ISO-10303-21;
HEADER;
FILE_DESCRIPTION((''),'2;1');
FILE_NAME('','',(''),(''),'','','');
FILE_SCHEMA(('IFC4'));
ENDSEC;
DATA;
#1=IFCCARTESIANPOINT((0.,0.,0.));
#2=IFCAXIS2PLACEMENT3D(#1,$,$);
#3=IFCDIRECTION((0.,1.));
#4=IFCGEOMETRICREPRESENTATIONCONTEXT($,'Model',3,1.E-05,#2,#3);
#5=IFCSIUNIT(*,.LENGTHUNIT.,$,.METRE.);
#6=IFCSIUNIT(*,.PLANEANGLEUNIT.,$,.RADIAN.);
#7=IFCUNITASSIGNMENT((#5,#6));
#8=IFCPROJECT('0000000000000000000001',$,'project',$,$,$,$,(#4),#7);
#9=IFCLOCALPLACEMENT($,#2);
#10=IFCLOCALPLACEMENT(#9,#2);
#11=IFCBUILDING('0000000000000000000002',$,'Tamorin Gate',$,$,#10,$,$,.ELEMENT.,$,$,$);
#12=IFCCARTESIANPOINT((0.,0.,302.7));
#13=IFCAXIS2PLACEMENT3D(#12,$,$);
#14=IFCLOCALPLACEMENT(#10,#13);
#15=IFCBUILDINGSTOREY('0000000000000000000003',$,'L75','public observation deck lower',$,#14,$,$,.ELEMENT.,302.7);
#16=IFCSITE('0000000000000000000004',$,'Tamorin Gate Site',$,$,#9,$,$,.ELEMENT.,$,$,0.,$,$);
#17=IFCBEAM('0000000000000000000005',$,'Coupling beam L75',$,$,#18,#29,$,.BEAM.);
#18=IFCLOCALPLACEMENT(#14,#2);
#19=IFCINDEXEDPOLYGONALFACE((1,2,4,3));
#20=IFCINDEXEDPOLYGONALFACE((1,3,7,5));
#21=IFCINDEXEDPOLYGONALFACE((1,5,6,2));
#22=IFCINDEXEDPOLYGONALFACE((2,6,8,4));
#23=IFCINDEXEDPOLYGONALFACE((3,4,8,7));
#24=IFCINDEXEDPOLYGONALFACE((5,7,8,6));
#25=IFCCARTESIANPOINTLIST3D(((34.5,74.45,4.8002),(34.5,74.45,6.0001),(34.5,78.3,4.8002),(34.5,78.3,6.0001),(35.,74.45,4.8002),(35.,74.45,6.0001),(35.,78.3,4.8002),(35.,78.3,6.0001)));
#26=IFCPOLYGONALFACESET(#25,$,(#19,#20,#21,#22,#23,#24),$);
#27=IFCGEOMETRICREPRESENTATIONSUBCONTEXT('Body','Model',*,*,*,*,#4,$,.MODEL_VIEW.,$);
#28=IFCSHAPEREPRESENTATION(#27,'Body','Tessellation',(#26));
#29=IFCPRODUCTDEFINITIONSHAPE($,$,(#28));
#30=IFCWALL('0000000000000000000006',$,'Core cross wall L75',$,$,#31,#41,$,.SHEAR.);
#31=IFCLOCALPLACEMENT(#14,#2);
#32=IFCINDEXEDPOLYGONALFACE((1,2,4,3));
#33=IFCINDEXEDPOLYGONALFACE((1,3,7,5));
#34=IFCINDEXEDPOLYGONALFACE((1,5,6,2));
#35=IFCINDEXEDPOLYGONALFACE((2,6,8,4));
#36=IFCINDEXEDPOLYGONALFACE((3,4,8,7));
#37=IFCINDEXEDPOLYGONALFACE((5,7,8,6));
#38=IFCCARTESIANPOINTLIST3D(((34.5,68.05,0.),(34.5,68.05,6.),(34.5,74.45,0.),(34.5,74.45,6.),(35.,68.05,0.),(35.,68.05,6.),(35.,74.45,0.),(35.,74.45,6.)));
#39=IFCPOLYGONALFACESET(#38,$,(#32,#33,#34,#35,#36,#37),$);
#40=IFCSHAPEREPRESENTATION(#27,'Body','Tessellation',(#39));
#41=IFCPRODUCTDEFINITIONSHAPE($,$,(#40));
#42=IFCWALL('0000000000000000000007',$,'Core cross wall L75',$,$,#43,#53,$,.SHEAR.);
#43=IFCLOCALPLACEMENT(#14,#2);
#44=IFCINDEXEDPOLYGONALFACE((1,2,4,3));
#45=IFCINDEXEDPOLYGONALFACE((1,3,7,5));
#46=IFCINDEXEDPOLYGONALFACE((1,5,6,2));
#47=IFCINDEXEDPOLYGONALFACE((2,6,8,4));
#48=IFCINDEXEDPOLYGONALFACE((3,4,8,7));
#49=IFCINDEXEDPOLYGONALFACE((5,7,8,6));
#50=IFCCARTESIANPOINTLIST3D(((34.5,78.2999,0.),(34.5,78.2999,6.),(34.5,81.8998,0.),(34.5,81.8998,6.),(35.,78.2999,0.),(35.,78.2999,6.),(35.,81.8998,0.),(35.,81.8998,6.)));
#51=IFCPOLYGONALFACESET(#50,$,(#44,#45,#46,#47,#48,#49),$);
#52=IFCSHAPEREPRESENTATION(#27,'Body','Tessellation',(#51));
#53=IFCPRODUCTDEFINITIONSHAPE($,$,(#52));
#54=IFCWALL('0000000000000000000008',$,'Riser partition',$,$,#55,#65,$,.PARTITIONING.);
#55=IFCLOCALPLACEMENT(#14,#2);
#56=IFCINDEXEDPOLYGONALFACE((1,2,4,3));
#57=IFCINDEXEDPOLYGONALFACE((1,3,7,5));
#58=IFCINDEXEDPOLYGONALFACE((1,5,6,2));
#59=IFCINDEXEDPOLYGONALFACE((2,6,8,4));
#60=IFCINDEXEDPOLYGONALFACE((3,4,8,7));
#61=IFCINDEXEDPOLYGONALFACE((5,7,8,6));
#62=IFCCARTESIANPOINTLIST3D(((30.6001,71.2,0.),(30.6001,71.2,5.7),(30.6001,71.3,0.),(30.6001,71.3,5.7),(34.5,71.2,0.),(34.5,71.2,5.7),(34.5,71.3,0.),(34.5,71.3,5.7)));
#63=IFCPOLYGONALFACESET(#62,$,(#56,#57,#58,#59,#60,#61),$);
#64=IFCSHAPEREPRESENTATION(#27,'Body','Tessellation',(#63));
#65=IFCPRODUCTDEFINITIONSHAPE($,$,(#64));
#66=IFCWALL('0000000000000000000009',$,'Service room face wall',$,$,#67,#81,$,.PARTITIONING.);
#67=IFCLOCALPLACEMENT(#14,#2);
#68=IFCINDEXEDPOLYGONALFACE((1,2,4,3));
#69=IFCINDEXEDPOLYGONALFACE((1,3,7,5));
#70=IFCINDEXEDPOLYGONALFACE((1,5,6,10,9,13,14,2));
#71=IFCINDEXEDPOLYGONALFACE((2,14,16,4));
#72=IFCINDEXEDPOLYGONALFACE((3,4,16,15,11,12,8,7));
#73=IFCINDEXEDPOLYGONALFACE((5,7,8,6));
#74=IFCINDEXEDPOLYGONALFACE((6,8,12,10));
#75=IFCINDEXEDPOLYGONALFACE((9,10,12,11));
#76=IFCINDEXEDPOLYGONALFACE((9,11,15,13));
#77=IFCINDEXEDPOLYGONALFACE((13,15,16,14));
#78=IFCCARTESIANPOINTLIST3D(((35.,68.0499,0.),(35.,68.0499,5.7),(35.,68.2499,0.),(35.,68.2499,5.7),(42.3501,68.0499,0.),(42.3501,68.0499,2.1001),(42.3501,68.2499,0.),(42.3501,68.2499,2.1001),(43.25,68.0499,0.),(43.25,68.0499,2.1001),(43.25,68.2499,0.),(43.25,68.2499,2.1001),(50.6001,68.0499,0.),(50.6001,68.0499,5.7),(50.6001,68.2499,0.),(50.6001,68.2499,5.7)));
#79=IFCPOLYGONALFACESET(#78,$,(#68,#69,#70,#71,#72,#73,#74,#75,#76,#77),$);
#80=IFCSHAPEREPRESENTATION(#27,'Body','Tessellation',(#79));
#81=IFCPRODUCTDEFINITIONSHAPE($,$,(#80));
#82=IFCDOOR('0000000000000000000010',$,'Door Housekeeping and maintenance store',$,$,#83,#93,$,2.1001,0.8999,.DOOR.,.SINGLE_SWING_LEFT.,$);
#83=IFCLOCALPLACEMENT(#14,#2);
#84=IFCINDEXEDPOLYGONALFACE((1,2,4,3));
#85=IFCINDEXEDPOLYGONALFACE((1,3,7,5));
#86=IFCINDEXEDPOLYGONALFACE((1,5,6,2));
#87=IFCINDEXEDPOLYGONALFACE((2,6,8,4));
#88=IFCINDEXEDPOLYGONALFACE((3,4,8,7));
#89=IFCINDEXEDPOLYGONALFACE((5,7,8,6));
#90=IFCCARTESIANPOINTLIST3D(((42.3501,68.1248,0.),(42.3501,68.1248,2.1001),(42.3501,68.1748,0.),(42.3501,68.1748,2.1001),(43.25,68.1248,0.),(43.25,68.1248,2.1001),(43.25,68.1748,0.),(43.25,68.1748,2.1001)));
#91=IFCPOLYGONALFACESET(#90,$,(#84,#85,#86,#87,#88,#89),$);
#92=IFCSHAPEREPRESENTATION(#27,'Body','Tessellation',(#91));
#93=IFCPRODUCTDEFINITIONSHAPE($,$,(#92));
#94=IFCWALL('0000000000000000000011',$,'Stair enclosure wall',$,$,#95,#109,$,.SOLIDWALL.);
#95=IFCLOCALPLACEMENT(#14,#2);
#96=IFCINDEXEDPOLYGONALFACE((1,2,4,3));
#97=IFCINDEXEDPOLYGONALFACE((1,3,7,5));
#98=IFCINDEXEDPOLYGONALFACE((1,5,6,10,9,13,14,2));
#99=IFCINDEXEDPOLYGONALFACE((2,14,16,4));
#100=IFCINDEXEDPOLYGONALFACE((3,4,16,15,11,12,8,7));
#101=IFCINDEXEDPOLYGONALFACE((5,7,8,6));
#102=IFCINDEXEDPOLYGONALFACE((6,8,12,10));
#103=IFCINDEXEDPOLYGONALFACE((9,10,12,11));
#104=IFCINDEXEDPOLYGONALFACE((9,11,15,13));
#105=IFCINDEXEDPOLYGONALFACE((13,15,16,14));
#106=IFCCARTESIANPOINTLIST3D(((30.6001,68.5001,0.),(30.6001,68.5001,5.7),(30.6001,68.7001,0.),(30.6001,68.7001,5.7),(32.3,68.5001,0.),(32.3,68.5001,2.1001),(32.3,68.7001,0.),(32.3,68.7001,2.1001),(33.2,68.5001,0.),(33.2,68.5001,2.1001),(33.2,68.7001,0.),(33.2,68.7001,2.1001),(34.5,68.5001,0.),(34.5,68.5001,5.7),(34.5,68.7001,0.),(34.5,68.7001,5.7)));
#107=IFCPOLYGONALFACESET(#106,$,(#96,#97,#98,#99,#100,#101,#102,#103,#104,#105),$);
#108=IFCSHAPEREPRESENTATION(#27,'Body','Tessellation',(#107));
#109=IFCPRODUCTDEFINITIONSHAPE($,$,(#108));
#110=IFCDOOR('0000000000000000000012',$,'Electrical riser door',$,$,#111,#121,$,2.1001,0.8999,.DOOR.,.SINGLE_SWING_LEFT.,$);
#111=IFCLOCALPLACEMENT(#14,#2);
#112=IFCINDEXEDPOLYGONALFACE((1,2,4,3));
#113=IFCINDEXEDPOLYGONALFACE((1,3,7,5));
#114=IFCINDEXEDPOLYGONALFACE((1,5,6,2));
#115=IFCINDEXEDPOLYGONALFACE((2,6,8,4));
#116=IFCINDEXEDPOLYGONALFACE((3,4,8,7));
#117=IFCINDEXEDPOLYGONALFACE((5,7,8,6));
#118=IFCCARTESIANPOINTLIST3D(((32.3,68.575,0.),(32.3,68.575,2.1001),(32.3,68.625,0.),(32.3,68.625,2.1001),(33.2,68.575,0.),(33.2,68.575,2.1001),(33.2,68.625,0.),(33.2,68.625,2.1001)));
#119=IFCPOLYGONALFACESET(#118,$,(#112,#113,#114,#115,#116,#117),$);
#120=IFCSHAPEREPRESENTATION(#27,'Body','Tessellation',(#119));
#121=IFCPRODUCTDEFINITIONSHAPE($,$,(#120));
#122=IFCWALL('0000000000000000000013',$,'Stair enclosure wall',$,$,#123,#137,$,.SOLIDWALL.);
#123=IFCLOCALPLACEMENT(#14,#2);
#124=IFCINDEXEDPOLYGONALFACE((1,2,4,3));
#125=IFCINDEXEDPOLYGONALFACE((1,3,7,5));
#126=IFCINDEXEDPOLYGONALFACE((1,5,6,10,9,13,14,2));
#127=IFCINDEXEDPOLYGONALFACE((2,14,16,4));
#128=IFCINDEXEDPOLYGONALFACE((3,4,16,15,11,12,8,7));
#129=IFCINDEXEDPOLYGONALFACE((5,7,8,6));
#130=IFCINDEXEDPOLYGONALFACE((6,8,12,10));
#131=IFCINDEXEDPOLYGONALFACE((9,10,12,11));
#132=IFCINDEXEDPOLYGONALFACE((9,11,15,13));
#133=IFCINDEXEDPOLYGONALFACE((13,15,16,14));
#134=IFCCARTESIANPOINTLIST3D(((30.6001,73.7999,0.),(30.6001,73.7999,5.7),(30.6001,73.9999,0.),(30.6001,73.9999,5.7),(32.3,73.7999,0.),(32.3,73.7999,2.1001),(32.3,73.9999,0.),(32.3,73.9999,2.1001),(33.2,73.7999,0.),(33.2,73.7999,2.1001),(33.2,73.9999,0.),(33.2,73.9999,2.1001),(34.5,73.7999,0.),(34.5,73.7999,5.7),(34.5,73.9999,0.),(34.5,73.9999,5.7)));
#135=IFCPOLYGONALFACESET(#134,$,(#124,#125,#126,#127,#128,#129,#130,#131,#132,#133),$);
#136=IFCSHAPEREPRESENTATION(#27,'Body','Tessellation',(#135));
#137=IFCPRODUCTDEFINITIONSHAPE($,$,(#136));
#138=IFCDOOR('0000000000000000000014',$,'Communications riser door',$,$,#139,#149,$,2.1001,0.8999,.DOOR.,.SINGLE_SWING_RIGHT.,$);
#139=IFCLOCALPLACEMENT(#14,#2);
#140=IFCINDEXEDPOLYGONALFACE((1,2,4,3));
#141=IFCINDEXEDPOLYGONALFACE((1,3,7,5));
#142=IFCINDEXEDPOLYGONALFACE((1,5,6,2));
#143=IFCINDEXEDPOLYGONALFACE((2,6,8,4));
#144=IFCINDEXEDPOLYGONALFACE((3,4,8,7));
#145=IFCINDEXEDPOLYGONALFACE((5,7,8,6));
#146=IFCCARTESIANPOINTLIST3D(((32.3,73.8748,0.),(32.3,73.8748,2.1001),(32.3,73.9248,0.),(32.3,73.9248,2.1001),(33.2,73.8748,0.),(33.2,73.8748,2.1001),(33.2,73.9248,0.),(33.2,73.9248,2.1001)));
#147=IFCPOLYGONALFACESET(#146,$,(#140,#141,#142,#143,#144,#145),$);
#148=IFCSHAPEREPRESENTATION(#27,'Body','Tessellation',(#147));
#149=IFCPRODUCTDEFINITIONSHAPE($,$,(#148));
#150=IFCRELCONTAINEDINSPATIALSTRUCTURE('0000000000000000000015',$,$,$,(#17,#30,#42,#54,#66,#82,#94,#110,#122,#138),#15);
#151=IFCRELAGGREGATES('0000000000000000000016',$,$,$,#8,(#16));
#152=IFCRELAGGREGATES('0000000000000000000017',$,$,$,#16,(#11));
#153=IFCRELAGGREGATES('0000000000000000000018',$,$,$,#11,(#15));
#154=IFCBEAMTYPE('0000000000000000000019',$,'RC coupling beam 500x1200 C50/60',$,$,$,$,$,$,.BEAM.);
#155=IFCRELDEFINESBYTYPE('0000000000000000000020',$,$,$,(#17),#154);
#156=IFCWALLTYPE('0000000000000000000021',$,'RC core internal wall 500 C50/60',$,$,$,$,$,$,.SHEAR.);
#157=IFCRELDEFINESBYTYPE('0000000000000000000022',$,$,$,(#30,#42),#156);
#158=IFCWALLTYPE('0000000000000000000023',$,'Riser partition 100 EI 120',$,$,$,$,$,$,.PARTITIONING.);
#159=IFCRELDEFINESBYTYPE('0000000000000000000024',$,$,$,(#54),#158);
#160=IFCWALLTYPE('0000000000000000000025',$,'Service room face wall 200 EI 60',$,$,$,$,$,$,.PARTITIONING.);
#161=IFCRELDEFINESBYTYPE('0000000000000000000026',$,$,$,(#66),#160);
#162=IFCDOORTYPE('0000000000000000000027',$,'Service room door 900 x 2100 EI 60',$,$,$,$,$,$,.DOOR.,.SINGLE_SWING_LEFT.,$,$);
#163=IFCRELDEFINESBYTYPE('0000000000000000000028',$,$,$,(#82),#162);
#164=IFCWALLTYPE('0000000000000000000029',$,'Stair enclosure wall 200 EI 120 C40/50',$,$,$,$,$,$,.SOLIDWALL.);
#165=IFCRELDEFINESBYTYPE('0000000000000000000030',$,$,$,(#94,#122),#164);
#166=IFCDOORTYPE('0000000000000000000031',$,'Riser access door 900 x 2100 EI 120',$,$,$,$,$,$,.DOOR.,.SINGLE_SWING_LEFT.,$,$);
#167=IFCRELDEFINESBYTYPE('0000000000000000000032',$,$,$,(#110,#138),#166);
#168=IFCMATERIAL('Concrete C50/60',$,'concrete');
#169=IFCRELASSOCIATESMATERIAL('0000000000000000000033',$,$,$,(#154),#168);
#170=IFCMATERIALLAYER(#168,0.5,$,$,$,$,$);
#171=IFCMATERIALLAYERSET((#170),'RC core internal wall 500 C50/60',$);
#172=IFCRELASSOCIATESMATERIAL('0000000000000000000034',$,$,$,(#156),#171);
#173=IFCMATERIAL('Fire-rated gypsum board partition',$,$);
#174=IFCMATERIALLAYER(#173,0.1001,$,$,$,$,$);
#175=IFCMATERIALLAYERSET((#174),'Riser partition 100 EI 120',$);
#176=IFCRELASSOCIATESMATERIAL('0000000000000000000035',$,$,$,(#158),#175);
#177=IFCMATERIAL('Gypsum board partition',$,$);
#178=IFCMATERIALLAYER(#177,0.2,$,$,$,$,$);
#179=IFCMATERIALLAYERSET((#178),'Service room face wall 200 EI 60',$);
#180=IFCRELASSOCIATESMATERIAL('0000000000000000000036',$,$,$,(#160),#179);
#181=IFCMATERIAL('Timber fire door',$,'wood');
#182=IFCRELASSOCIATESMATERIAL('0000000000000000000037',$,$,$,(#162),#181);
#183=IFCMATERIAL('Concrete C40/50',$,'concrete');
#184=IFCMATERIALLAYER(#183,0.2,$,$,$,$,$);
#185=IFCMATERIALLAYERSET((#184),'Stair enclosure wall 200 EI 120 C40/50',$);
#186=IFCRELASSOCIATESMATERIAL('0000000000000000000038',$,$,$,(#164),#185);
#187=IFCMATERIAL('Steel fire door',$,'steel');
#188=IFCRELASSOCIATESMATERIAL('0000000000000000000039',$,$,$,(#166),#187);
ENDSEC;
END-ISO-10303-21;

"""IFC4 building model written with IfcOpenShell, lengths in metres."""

from ifc_helpers import new_model, si_unit, direction, frame, frame_2d, origin, origin_2d, place, context, subcontext, project, spatial, rectangle, extrude, material, layer, layer_set, material_profile, profile_set, type_object, element, fill, save


model = new_model("IFC4")

# Units and contexts
model_context = context("Model", 3, precision=1e-05, world=origin(), true_north=direction((0.0, 1.0)))
body_context = subcontext(model_context, "Body", "Model", "MODEL_VIEW")
ifc_project = project(units=[si_unit("LENGTHUNIT", "METRE"), si_unit("PLANEANGLEUNIT", "RADIAN")], contexts=[model_context])

# Site, building, storey
site_placement = place(None, origin())
site = spatial("IfcSite", under=ifc_project, at=site_placement, Name="Tamorin Gate Site", CompositionType="ELEMENT", RefElevation=0.0)
building_placement = place(site_placement, origin())
building = spatial("IfcBuilding", under=site, at=building_placement, Name="Tamorin Gate", CompositionType="ELEMENT")
storey_placement = place(building_placement, frame((0.0, 0.0, 302.7)))
storey = spatial("IfcBuildingStorey", under=building, at=storey_placement, Name="L75", Description="public observation deck lower", CompositionType="ELEMENT", Elevation=302.7)

# Beam
ifc_material_1 = material(Name="Concrete C50/60", Category="concrete")
ifc_material_profile = material_profile(ifc_material_1, rectangle(XDim=0.5, YDim=1.2, at=origin_2d()), Name="RC 500x1200")
ifc_profile_set = profile_set([ifc_material_profile], Name="Concrete C50/60")
beam_type = type_object("IfcBeamType", Name="RC coupling beam 500x1200 C50/60", PredefinedType="BEAM", material=ifc_profile_set)
beam_placement = place(storey_placement, frame((34.75, 74.45, 5.4001), z_axis=(0.0, 1.0, 0.0), x_axis=(-1.0, 0.0, 0.0)))
element("IfcBeam", 1, at=beam_placement, inside=storey, type_object=beam_type, Name="Coupling beam L75", PredefinedType="BEAM", context=body_context, shape_type="SweptSolid", body=[
    extrude(rectangle(XDim=0.5, YDim=1.2, at=origin_2d()), origin(), (0.0, 0.0, 1.0), 3.8501),
])

# Walls
ifc_layer_1 = layer(ifc_material_1, 0.5)
ifc_layer_set_1 = layer_set([ifc_layer_1], Name="RC core internal wall 500 C50/60")
wall_type_1 = type_object("IfcWallType", Name="RC core internal wall 500 C50/60", PredefinedType="SHEAR", material=ifc_layer_set_1)
wall_1_placement = place(storey_placement, frame((34.75, 68.05, 0.0), z_axis=(0.0, 0.0, 1.0), x_axis=(0.0, 1.0, 0.0)))
element("IfcWall", 2, at=wall_1_placement, inside=storey, type_object=wall_type_1, Name="Core cross wall L75", PredefinedType="SHEAR", context=body_context, shape_type="SweptSolid", body=[
    extrude(rectangle(XDim=6.3999, YDim=0.5, at=frame_2d((3.2, 0.0))), origin(), (0.0, 0.0, 1.0), 6.0),
])
wall_2_placement = place(storey_placement, frame((34.75, 78.3, 0.0), z_axis=(0.0, 0.0, 1.0), x_axis=(0.0, 1.0, 0.0)))
element("IfcWall", 3, at=wall_2_placement, inside=storey, type_object=wall_type_1, Name="Core cross wall L75", PredefinedType="SHEAR", context=body_context, shape_type="SweptSolid", body=[
    extrude(rectangle(XDim=3.5999, YDim=0.5, at=frame_2d((1.7998, 0.0))), origin(), (0.0, 0.0, 1.0), 6.0),
])
ifc_material_2 = material(Name="Fire-rated gypsum board partition")
ifc_layer_2 = layer(ifc_material_2, 0.1001)
ifc_layer_set_2 = layer_set([ifc_layer_2], Name="Riser partition 100 EI 120")
wall_type_2 = type_object("IfcWallType", Name="Riser partition 100 EI 120", PredefinedType="PARTITIONING", material=ifc_layer_set_2)
wall_3_placement = place(storey_placement, frame((30.6001, 71.25, 0.0), z_axis=(0.0, 0.0, 1.0), x_axis=(1.0, 0.0, 0.0)))
element("IfcWall", 4, at=wall_3_placement, inside=storey, type_object=wall_type_2, Name="Riser partition", PredefinedType="PARTITIONING", context=body_context, shape_type="SweptSolid", body=[
    extrude(rectangle(XDim=3.8999, YDim=0.1001, at=frame_2d((1.95, 0.0))), origin(), (0.0, 0.0, 1.0), 5.7),
])

# Walls, openings, doors
ifc_material_3 = material(Name="Gypsum board partition")
ifc_layer_3 = layer(ifc_material_3, 0.2)
ifc_layer_set_3 = layer_set([ifc_layer_3], Name="Service room face wall 200 EI 60")
wall_type_3 = type_object("IfcWallType", Name="Service room face wall 200 EI 60", PredefinedType="PARTITIONING", material=ifc_layer_set_3)
wall_4_placement = place(storey_placement, frame((35.0, 68.1499, 0.0), z_axis=(0.0, 0.0, 1.0), x_axis=(1.0, 0.0, 0.0)))
wall_4 = element("IfcWall", 5, at=wall_4_placement, inside=storey, type_object=wall_type_3, Name="Service room face wall", PredefinedType="PARTITIONING", context=body_context, shape_type="SweptSolid", body=[
    extrude(rectangle(XDim=15.6001, YDim=0.2, at=frame_2d((7.8, 0.0))), origin(), (0.0, 0.0, 1.0), 5.7),
])
opening_1_placement = place(wall_4_placement, frame((7.3501, 0.0, 0.0)))
opening_1 = element("IfcOpeningElement", 6, at=opening_1_placement, cuts=wall_4, PredefinedType="OPENING", context=body_context, shape_type="SweptSolid", body=[
    extrude(rectangle(XDim=0.8999, YDim=2.1001, at=frame_2d((0.45, 1.05))), frame((0.0, 0.1099, 0.0), z_axis=(0.0, -1.0, 0.0), x_axis=(1.0, 0.0, 0.0)), (0.0, 0.0, 1.0), 0.22),
])
ifc_material_4 = material(Name="Timber fire door", Category="wood")
door_type_1 = type_object("IfcDoorType", Name="Service room door 900 x 2100 EI 60", OperationType="SINGLE_SWING_LEFT", PredefinedType="DOOR", material=ifc_material_4)
door_1_placement = place(opening_1_placement, origin())
door_1 = element("IfcDoor", 7, at=door_1_placement, inside=storey, type_object=door_type_1, Name="Door Housekeeping and maintenance store", OperationType="SINGLE_SWING_LEFT", OverallHeight=2.1001, OverallWidth=0.8999, PredefinedType="DOOR", context=body_context, shape_type="SweptSolid", body=[
    extrude(rectangle(XDim=0.8999, YDim=2.1001, at=frame_2d((0.45, 1.05))), frame((0.0, 0.0249, 0.0), z_axis=(0.0, -1.0, 0.0), x_axis=(1.0, 0.0, 0.0)), (0.0, 0.0, 1.0), 0.05),
])
fill(opening_1, door_1)
ifc_material_5 = material(Name="Concrete C40/50", Category="concrete")
ifc_layer_4 = layer(ifc_material_5, 0.2)
ifc_layer_set_4 = layer_set([ifc_layer_4], Name="Stair enclosure wall 200 EI 120 C40/50")
wall_type_4 = type_object("IfcWallType", Name="Stair enclosure wall 200 EI 120 C40/50", PredefinedType="SOLIDWALL", material=ifc_layer_set_4)
wall_5_placement = place(storey_placement, frame((30.6001, 68.6001, 0.0), z_axis=(0.0, 0.0, 1.0), x_axis=(1.0, 0.0, 0.0)))
wall_5 = element("IfcWall", 8, at=wall_5_placement, inside=storey, type_object=wall_type_4, Name="Stair enclosure wall", PredefinedType="SOLIDWALL", context=body_context, shape_type="SweptSolid", body=[
    extrude(rectangle(XDim=3.8999, YDim=0.2, at=frame_2d((1.95, 0.0))), origin(), (0.0, 0.0, 1.0), 5.7),
])
opening_2_placement = place(wall_5_placement, frame((1.7, 0.0, 0.0)))
opening_2 = element("IfcOpeningElement", 9, at=opening_2_placement, cuts=wall_5, PredefinedType="OPENING", context=body_context, shape_type="SweptSolid", body=[
    extrude(rectangle(XDim=0.8999, YDim=2.1001, at=frame_2d((0.45, 1.05))), frame((0.0, 0.1099, 0.0), z_axis=(0.0, -1.0, 0.0), x_axis=(1.0, 0.0, 0.0)), (0.0, 0.0, 1.0), 0.22),
])
ifc_material_6 = material(Name="Steel fire door", Category="steel")
door_type_2 = type_object("IfcDoorType", Name="Riser access door 900 x 2100 EI 120", OperationType="SINGLE_SWING_LEFT", PredefinedType="DOOR", material=ifc_material_6)
door_2_placement = place(opening_2_placement, origin())
door_2 = element("IfcDoor", 10, at=door_2_placement, inside=storey, type_object=door_type_2, Name="Electrical riser door", OperationType="SINGLE_SWING_LEFT", OverallHeight=2.1001, OverallWidth=0.8999, PredefinedType="DOOR", context=body_context, shape_type="SweptSolid", body=[
    extrude(rectangle(XDim=0.8999, YDim=2.1001, at=frame_2d((0.45, 1.05))), frame((0.0, 0.0249, 0.0), z_axis=(0.0, -1.0, 0.0), x_axis=(1.0, 0.0, 0.0)), (0.0, 0.0, 1.0), 0.05),
])
fill(opening_2, door_2)
wall_6_placement = place(storey_placement, frame((30.6001, 73.8999, 0.0), z_axis=(0.0, 0.0, 1.0), x_axis=(1.0, 0.0, 0.0)))
wall_6 = element("IfcWall", 11, at=wall_6_placement, inside=storey, type_object=wall_type_4, Name="Stair enclosure wall", PredefinedType="SOLIDWALL", context=body_context, shape_type="SweptSolid", body=[
    extrude(rectangle(XDim=3.8999, YDim=0.2, at=frame_2d((1.95, 0.0))), origin(), (0.0, 0.0, 1.0), 5.7),
])
opening_3_placement = place(wall_6_placement, frame((1.7, 0.0, 0.0)))
opening_3 = element("IfcOpeningElement", 12, at=opening_3_placement, cuts=wall_6, PredefinedType="OPENING", context=body_context, shape_type="SweptSolid", body=[
    extrude(rectangle(XDim=0.8999, YDim=2.1001, at=frame_2d((0.45, 1.05))), frame((0.0, 0.1099, 0.0), z_axis=(0.0, -1.0, 0.0), x_axis=(1.0, 0.0, 0.0)), (0.0, 0.0, 1.0), 0.22),
])
door_3_placement = place(opening_3_placement, origin())
door_3 = element("IfcDoor", 13, at=door_3_placement, inside=storey, type_object=door_type_2, Name="Communications riser door", OperationType="SINGLE_SWING_RIGHT", OverallHeight=2.1001, OverallWidth=0.8999, PredefinedType="DOOR", context=body_context, shape_type="SweptSolid", body=[
    extrude(rectangle(XDim=0.8999, YDim=2.1001, at=frame_2d((0.45, 1.05))), frame((0.0, 0.0249, 0.0), z_axis=(0.0, -1.0, 0.0), x_axis=(1.0, 0.0, 0.0)), (0.0, 0.0, 1.0), 0.05),
])
fill(opening_3, door_3)

save(model, "model.ifc")
